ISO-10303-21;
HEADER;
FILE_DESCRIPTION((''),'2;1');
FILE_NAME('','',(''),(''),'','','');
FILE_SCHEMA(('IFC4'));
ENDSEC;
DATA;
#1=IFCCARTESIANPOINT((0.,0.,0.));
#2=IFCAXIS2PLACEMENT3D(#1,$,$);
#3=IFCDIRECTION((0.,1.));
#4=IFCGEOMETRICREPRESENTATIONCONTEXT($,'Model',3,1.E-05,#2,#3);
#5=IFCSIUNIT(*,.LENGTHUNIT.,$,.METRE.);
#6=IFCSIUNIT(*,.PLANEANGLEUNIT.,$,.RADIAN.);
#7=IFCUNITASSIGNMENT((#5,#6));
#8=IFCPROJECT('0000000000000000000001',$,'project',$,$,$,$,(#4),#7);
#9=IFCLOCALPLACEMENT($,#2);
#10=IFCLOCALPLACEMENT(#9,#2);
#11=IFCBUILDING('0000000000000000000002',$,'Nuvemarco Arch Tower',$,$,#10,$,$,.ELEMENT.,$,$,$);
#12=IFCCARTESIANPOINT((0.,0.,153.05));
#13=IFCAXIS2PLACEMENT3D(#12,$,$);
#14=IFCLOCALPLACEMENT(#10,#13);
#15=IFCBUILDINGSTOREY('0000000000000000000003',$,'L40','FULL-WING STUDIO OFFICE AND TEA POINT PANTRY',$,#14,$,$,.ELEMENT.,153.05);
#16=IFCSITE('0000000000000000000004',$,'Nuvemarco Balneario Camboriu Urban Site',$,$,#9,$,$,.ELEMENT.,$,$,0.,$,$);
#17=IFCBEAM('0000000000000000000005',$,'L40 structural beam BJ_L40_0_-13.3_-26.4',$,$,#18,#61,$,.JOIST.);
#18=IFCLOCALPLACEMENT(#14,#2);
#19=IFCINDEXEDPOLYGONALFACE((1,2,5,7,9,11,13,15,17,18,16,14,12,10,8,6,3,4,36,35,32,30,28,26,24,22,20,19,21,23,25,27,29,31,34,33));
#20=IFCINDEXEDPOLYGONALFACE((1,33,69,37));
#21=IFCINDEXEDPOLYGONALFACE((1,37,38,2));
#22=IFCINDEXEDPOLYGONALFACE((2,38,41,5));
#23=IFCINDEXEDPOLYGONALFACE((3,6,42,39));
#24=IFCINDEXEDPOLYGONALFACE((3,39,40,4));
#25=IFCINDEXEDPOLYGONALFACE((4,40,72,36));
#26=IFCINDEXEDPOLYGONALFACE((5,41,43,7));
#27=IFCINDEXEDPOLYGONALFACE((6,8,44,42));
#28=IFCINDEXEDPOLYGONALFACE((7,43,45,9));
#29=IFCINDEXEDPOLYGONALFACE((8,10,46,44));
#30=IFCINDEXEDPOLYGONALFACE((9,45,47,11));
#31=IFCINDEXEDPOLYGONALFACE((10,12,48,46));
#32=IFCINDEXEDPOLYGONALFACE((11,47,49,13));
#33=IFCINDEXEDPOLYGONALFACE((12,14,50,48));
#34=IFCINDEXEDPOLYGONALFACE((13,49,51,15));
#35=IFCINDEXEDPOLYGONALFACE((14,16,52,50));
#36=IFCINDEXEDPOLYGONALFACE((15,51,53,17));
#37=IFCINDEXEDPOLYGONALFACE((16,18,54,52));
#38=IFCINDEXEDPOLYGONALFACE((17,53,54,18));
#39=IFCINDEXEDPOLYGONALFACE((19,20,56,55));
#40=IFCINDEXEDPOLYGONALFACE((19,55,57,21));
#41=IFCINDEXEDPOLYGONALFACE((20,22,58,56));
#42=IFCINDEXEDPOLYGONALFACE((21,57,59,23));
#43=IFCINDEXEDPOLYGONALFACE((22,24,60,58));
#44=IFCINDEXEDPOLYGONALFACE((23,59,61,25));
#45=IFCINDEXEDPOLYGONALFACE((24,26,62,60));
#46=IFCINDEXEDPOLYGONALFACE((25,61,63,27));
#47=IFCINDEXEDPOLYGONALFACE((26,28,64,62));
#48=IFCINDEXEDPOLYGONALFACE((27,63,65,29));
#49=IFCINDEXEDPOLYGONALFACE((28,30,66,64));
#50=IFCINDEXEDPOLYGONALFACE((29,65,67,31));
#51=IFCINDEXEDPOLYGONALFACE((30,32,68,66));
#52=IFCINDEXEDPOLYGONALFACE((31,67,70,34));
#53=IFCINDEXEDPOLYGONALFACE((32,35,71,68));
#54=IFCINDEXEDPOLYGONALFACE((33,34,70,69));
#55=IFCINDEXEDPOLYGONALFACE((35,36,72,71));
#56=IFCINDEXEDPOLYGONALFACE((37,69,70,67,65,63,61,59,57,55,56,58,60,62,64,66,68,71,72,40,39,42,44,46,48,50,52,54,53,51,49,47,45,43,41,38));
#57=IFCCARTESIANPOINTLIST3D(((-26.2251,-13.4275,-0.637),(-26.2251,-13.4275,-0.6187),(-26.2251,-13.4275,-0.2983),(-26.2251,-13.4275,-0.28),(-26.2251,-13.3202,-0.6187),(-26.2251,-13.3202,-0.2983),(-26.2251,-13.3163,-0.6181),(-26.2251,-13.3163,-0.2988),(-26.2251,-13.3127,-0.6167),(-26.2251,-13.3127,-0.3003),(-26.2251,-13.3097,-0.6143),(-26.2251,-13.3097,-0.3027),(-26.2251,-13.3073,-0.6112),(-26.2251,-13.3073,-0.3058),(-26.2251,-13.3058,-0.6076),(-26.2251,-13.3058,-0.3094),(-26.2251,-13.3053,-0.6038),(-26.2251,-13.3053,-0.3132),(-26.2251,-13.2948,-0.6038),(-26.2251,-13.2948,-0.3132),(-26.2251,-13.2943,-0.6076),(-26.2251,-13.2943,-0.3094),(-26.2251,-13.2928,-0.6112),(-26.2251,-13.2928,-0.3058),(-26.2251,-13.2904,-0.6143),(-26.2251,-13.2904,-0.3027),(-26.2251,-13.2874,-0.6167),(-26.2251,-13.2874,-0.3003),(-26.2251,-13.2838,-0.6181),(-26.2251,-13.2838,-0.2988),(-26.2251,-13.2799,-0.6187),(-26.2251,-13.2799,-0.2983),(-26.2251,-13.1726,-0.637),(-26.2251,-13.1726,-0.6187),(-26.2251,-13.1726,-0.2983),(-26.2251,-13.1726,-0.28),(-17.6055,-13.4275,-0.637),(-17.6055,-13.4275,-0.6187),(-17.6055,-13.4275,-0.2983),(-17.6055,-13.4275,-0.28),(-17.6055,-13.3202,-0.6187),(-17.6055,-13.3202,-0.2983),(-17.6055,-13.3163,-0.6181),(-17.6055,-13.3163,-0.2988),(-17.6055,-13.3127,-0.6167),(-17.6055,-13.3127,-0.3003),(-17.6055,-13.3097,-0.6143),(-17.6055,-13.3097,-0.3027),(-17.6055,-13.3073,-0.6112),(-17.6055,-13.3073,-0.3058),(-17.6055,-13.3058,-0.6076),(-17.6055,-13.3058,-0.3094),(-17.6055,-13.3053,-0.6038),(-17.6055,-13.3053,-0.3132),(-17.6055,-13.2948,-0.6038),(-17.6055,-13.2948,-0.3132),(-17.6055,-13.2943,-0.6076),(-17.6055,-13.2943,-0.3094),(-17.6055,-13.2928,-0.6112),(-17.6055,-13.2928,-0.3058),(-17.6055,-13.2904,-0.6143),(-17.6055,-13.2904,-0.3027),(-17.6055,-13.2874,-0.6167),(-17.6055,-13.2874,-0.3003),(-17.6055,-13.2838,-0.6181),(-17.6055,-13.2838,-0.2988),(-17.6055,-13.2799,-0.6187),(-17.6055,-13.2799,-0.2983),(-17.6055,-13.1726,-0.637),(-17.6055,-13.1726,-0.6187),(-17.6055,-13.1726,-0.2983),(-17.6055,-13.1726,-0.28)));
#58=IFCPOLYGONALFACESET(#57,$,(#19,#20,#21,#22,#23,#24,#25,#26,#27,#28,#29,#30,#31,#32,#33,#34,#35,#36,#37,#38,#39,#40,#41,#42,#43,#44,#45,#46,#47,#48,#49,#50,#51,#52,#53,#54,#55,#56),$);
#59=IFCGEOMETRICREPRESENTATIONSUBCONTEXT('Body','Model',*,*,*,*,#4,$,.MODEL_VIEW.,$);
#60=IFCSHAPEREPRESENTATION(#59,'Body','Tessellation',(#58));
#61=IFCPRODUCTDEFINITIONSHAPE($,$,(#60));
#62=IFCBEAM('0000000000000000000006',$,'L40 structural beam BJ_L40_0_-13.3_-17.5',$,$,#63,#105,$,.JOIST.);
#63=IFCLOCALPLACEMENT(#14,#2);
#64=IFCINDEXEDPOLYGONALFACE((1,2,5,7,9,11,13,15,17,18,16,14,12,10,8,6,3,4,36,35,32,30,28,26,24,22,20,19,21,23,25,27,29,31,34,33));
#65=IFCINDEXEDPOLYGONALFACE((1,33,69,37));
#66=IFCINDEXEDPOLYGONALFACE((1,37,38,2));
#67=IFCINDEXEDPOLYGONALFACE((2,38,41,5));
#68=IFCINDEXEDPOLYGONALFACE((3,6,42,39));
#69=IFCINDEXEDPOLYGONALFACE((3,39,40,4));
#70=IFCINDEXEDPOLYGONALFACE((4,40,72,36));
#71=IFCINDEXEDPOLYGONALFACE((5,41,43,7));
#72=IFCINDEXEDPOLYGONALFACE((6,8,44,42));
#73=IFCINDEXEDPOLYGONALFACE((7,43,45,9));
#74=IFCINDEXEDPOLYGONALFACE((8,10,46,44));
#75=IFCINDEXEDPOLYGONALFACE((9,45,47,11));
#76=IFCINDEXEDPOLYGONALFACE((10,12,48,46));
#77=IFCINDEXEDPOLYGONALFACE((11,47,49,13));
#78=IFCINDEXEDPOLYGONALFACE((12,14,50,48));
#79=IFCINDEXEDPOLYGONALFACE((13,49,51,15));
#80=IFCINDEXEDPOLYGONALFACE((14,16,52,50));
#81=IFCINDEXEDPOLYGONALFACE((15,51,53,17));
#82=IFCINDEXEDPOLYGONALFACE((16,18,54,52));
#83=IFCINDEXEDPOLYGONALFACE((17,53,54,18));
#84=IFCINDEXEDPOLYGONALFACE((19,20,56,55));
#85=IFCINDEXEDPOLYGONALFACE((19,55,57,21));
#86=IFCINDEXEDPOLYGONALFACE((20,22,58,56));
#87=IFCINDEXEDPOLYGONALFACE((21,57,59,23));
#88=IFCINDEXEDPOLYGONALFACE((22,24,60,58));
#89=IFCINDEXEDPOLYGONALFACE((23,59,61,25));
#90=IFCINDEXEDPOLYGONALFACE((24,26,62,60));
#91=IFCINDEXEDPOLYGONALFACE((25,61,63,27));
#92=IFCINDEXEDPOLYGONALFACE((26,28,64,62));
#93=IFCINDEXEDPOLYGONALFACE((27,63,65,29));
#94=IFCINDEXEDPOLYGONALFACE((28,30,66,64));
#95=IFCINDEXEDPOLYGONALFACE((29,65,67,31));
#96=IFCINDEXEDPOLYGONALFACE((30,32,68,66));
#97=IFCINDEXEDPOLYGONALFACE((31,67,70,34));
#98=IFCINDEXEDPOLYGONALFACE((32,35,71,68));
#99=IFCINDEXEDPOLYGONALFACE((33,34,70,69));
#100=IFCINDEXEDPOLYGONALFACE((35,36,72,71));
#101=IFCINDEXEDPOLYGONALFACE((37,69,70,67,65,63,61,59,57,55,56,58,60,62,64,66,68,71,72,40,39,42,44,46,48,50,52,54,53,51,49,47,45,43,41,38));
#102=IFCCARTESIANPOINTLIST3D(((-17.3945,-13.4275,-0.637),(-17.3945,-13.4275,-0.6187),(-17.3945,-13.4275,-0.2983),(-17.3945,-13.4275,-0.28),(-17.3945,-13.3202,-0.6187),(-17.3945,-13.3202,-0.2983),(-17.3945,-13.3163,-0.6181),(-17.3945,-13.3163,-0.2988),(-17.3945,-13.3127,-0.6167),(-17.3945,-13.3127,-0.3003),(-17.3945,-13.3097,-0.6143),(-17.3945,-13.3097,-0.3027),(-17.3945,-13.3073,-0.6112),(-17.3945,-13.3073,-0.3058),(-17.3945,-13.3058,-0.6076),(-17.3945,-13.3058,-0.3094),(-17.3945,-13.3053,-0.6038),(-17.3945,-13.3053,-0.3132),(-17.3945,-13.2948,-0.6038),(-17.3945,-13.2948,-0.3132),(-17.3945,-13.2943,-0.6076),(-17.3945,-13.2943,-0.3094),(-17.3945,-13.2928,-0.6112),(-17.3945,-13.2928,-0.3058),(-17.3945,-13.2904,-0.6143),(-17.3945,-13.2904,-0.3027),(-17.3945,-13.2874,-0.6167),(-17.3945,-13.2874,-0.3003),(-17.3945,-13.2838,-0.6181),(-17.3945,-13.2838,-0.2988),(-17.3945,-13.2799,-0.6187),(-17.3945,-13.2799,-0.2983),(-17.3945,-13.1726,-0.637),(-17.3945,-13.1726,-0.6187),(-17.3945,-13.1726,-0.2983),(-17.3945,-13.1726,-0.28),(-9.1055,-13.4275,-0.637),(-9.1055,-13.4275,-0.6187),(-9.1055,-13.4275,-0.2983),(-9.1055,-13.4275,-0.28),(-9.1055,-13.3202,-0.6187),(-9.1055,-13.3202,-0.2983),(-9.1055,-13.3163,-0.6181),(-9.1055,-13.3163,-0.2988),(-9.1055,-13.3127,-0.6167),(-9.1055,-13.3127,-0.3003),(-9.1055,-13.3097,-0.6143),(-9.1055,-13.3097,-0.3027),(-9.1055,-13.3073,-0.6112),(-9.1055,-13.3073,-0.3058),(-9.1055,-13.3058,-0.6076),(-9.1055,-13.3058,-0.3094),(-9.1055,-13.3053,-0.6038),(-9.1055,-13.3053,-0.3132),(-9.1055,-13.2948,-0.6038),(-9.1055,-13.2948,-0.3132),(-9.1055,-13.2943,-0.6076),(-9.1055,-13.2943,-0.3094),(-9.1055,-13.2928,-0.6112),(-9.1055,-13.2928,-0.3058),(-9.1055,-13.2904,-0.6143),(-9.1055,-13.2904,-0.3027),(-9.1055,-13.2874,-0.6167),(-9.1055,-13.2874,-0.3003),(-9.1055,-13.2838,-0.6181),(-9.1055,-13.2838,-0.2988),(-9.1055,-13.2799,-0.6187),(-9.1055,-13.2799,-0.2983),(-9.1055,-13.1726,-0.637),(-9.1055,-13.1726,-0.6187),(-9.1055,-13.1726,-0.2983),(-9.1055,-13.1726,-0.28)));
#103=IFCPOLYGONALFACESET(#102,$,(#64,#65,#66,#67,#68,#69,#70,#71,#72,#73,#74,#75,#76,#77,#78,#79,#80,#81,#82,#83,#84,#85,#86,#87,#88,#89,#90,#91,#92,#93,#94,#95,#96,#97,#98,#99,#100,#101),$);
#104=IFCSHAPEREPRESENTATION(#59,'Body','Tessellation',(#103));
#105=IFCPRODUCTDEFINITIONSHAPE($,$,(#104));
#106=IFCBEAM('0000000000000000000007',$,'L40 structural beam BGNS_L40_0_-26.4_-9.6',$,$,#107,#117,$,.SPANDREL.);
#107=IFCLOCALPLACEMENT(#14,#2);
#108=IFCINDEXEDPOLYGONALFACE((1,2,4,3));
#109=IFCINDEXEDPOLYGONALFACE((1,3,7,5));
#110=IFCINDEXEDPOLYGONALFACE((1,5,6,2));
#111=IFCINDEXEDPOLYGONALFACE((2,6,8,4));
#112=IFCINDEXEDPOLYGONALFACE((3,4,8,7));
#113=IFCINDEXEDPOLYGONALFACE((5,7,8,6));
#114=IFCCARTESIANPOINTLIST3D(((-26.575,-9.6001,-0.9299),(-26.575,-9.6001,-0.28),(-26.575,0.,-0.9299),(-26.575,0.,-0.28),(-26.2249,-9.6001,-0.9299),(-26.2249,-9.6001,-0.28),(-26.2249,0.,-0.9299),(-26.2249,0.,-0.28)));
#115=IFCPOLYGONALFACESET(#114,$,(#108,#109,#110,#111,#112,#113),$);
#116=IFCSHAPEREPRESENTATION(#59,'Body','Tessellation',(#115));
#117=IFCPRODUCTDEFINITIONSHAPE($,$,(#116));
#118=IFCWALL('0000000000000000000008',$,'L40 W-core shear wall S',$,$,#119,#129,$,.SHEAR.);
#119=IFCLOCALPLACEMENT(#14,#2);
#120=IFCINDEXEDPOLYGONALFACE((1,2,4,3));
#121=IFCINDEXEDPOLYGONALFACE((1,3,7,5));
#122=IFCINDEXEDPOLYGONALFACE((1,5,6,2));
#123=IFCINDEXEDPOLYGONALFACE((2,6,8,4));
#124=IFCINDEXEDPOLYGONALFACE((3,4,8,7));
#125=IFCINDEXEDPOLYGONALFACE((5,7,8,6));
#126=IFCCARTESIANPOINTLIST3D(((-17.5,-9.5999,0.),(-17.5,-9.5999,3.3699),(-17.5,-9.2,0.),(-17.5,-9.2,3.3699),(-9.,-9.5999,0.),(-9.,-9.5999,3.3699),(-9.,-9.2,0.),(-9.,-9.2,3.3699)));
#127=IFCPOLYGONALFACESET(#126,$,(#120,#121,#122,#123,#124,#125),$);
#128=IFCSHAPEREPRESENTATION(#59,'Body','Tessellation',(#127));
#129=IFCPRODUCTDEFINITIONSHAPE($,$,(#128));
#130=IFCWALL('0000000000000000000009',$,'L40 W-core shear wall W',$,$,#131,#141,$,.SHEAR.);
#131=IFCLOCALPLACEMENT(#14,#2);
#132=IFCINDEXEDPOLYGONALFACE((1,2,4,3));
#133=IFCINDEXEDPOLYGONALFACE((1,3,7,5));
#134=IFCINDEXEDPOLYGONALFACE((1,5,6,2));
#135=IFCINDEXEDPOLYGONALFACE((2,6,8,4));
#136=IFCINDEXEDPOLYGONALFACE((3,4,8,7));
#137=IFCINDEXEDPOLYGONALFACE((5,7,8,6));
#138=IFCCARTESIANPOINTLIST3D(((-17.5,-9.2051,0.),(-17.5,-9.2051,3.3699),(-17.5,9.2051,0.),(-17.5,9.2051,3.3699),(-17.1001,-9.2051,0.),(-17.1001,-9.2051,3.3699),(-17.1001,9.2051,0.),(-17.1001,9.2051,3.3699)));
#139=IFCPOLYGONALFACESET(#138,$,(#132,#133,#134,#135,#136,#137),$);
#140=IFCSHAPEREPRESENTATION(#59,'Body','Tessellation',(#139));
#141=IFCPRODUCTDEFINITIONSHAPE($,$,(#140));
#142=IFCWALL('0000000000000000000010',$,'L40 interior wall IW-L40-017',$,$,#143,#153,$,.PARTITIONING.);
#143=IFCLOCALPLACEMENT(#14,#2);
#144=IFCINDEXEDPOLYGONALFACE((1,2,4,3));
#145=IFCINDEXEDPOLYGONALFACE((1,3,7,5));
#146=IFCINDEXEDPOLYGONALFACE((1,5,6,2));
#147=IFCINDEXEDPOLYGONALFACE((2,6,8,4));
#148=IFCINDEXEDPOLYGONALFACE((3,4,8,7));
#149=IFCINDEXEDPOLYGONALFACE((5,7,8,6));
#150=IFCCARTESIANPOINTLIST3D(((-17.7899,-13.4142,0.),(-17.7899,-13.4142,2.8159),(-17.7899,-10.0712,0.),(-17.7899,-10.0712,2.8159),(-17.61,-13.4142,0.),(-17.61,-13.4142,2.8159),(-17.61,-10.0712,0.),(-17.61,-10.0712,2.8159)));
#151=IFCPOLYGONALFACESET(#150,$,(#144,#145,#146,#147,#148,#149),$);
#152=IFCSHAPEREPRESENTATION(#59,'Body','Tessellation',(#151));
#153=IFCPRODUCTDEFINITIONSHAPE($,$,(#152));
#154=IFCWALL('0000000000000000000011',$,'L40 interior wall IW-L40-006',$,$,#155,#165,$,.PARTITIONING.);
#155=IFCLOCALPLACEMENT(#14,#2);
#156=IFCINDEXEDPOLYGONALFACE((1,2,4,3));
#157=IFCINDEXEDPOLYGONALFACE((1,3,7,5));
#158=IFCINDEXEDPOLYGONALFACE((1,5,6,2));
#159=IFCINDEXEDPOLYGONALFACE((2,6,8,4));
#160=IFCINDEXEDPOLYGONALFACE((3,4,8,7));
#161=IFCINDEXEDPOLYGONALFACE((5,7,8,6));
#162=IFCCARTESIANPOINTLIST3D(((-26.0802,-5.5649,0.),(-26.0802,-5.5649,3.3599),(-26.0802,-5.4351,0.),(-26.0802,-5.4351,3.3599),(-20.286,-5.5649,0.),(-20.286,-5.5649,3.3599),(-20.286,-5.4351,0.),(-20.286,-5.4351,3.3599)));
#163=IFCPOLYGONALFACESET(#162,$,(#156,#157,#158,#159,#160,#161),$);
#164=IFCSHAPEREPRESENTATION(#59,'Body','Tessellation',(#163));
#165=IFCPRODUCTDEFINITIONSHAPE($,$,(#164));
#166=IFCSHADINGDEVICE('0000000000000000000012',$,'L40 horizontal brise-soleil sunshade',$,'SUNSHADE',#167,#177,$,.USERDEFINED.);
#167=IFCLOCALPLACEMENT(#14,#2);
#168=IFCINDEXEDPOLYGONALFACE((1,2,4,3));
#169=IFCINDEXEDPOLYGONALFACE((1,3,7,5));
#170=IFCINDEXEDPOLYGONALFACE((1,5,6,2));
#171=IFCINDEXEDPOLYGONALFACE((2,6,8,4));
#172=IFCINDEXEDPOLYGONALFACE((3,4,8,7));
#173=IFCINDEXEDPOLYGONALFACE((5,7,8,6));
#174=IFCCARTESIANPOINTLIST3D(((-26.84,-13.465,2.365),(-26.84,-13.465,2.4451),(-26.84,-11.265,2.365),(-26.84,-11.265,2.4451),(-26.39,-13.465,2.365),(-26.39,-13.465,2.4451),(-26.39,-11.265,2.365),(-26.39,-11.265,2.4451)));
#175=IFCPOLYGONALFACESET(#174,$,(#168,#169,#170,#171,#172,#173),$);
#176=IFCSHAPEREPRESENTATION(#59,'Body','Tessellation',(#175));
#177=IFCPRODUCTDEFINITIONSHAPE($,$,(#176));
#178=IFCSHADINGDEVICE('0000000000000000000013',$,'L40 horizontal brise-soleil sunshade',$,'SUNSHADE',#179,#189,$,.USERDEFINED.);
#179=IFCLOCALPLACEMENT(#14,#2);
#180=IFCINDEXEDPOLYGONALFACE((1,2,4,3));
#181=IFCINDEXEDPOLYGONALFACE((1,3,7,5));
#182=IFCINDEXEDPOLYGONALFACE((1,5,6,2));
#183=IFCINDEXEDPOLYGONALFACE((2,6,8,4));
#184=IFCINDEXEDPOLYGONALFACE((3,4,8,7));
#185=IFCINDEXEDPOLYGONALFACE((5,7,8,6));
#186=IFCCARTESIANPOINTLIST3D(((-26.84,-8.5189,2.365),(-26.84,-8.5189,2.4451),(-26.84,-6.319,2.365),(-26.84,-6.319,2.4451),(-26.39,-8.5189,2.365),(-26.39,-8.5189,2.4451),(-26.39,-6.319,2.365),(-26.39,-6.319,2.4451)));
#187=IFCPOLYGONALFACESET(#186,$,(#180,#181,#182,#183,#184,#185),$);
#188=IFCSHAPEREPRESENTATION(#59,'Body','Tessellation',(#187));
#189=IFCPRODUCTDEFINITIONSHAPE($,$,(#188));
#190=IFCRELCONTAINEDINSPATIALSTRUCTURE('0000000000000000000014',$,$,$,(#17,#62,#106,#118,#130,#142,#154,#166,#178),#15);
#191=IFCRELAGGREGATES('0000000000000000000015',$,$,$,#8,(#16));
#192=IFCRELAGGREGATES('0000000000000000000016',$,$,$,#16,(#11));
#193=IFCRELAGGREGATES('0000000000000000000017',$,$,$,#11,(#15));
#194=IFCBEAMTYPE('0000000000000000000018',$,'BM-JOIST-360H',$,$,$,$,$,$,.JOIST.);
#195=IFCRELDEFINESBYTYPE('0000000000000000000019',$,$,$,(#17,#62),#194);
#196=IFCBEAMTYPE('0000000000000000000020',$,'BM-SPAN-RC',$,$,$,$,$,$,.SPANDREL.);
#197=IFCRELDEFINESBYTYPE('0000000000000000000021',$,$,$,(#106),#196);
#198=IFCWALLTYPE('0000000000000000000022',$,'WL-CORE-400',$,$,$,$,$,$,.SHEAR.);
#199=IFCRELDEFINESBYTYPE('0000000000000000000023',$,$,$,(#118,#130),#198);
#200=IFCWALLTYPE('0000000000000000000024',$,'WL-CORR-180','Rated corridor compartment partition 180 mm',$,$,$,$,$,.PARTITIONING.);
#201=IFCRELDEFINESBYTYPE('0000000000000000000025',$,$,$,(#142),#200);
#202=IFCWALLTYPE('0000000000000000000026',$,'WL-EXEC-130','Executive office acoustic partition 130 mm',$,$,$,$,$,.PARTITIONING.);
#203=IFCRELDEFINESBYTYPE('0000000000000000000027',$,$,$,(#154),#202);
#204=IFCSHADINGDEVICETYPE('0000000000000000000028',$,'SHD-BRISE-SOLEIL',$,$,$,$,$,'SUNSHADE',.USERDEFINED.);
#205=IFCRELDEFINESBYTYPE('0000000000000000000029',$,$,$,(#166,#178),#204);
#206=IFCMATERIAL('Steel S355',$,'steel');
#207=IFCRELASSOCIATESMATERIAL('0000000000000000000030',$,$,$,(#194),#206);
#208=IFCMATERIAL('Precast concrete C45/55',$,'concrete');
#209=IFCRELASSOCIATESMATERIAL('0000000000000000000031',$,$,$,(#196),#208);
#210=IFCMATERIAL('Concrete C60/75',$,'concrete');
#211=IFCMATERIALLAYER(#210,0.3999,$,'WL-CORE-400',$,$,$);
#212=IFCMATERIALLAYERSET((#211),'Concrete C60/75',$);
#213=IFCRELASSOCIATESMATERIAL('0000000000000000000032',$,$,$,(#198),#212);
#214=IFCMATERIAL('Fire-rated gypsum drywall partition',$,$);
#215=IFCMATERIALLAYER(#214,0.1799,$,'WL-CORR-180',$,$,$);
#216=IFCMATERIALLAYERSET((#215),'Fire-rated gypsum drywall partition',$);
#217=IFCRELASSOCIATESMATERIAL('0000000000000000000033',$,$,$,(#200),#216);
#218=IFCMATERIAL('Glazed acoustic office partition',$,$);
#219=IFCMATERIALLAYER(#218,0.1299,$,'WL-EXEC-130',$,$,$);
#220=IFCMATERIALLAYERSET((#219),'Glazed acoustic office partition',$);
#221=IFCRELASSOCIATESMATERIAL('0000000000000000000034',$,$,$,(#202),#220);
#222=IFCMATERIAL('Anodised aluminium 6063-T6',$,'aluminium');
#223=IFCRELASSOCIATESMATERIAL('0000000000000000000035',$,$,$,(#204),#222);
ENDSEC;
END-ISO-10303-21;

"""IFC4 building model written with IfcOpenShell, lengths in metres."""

from ifc_helpers import new_model, si_unit, direction, frame, frame_2d, origin, origin_2d, place, context, subcontext, project, spatial, rectangle, i_section, extrude, source, transform, mapped, material, layer, layer_set, material_profile, profile_set, type_object, type_shapes, element, save


model = new_model("IFC4")

# Units and contexts
model_context = context("Model", 3, precision=1e-05, world=origin(), true_north=direction((0.0, 1.0)))
body_context = subcontext(model_context, "Body", "Model", "MODEL_VIEW")
ifc_project = project(units=[si_unit("LENGTHUNIT", "METRE"), si_unit("PLANEANGLEUNIT", "RADIAN")], contexts=[model_context])

# Site, building, storey
site_placement = place(None, origin())
site = spatial("IfcSite", under=ifc_project, at=site_placement, Name="Nuvemarco Balneario Camboriu Urban Site", CompositionType="ELEMENT", RefElevation=0.0)
building_placement = place(site_placement, origin())
building = spatial("IfcBuilding", under=site, at=building_placement, Name="Nuvemarco Arch Tower", CompositionType="ELEMENT")
storey_placement = place(building_placement, frame((0.0, 0.0, 153.05)))
storey = spatial("IfcBuildingStorey", under=building, at=storey_placement, Name="L40", Description="FULL-WING STUDIO OFFICE AND TEA POINT PANTRY", CompositionType="ELEMENT", Elevation=153.05)

# Shared definitions
ifc_material_1 = material(Name="Steel S355", Category="steel")

# Beams
ifc_material_profile_1 = material_profile(ifc_material_1, i_section(OverallWidth=0.2549, OverallDepth=0.3569, WebThickness=0.0105, FlangeThickness=0.0183, FilletRadius=0.0149, at=origin_2d()), Name="W360x101")
ifc_profile_set_1 = profile_set([ifc_material_profile_1], Name="Steel S355")
beam_type_1 = type_object("IfcBeamType", Name="BM-JOIST-360H", PredefinedType="JOIST", material=ifc_profile_set_1)
beam_1_placement = place(storey_placement, frame((-26.2251, -13.3, -0.4585), z_axis=(1.0, 0.0, 0.0), x_axis=(0.0, 1.0, 0.0)))
element("IfcBeam", 1, at=beam_1_placement, inside=storey, type_object=beam_type_1, Name="L40 structural beam BJ_L40_0_-13.3_-26.4", PredefinedType="JOIST", context=body_context, shape_type="SweptSolid", body=[
    extrude(i_section(OverallWidth=0.2549, OverallDepth=0.3569, WebThickness=0.0105, FlangeThickness=0.0183, FilletRadius=0.0149, at=origin_2d()), origin(), (0.0, 0.0, 1.0), 8.6196),
])
beam_2_placement = place(storey_placement, frame((-17.3945, -13.3, -0.4585), z_axis=(1.0, 0.0, 0.0), x_axis=(0.0, 1.0, 0.0)))
element("IfcBeam", 2, at=beam_2_placement, inside=storey, type_object=beam_type_1, Name="L40 structural beam BJ_L40_0_-13.3_-17.5", PredefinedType="JOIST", context=body_context, shape_type="SweptSolid", body=[
    extrude(i_section(OverallWidth=0.2549, OverallDepth=0.3569, WebThickness=0.0105, FlangeThickness=0.0183, FilletRadius=0.0149, at=origin_2d()), origin(), (0.0, 0.0, 1.0), 8.2891),
])
ifc_material_2 = material(Name="Precast concrete C45/55", Category="concrete")
ifc_material_profile_2 = material_profile(ifc_material_2, rectangle(XDim=0.3501, YDim=0.6499, at=origin_2d()), Name="PC-SP-350x650")
ifc_profile_set_2 = profile_set([ifc_material_profile_2], Name="Precast concrete C45/55")
beam_type_2 = type_object("IfcBeamType", Name="BM-SPAN-RC", PredefinedType="SPANDREL", material=ifc_profile_set_2)
beam_3_placement = place(storey_placement, frame((-26.3999, -9.6001, -0.605), z_axis=(0.0, 1.0, 0.0), x_axis=(-1.0, 0.0, 0.0)))
element("IfcBeam", 3, at=beam_3_placement, inside=storey, type_object=beam_type_2, Name="L40 structural beam BGNS_L40_0_-26.4_-9.6", PredefinedType="SPANDREL", context=body_context, shape_type="SweptSolid", body=[
    extrude(rectangle(XDim=0.3501, YDim=0.6499, at=origin_2d()), origin(), (0.0, 0.0, 1.0), 9.6001),
])

# Walls
ifc_material_3 = material(Name="Concrete C60/75", Category="concrete")
ifc_layer_1 = layer(ifc_material_3, 0.3999, Name="WL-CORE-400")
ifc_layer_set_1 = layer_set([ifc_layer_1], Name="Concrete C60/75")
wall_type_1 = type_object("IfcWallType", Name="WL-CORE-400", PredefinedType="SHEAR", material=ifc_layer_set_1)
wall_1_placement = place(storey_placement, frame((-17.5, -9.3999, 0.0), z_axis=(0.0, 0.0, 1.0), x_axis=(1.0, 0.0, 0.0)))
element("IfcWall", 4, at=wall_1_placement, inside=storey, type_object=wall_type_1, Name="L40 W-core shear wall S", PredefinedType="SHEAR", context=body_context, shape_type="SweptSolid", body=[
    extrude(rectangle(XDim=8.5, YDim=0.3999, at=frame_2d((4.25, 0.0))), origin(), (0.0, 0.0, 1.0), 3.3699),
])
wall_2_placement = place(storey_placement, frame((-17.3, -9.2051, 0.0), z_axis=(0.0, 0.0, 1.0), x_axis=(0.0, 1.0, 0.0)))
element("IfcWall", 5, at=wall_2_placement, inside=storey, type_object=wall_type_1, Name="L40 W-core shear wall W", PredefinedType="SHEAR", context=body_context, shape_type="SweptSolid", body=[
    extrude(rectangle(XDim=18.4102, YDim=0.3999, at=frame_2d((9.2051, 0.0))), origin(), (0.0, 0.0, 1.0), 3.3699),
])
ifc_material_4 = material(Name="Fire-rated gypsum drywall partition")
ifc_layer_2 = layer(ifc_material_4, 0.1799, Name="WL-CORR-180")
ifc_layer_set_2 = layer_set([ifc_layer_2], Name="Fire-rated gypsum drywall partition")
wall_type_2 = type_object("IfcWallType", Name="WL-CORR-180", Description="Rated corridor compartment partition 180 mm", PredefinedType="PARTITIONING", material=ifc_layer_set_2)
wall_3_placement = place(storey_placement, frame((-17.7, -13.4141, 0.0), z_axis=(0.0, 0.0, 1.0), x_axis=(0.0, 1.0, 0.0)))
element("IfcWall", 6, at=wall_3_placement, inside=storey, type_object=wall_type_2, Name="L40 interior wall IW-L40-017", PredefinedType="PARTITIONING", context=body_context, shape_type="SweptSolid", body=[
    extrude(rectangle(XDim=3.343, YDim=0.1799, at=frame_2d((1.6714, 0.0))), origin(), (0.0, 0.0, 1.0), 2.8159),
])
ifc_material_5 = material(Name="Glazed acoustic office partition")
ifc_layer_3 = layer(ifc_material_5, 0.1299, Name="WL-EXEC-130")
ifc_layer_set_3 = layer_set([ifc_layer_3], Name="Glazed acoustic office partition")
wall_type_3 = type_object("IfcWallType", Name="WL-EXEC-130", Description="Executive office acoustic partition 130 mm", PredefinedType="PARTITIONING", material=ifc_layer_set_3)
wall_4_placement = place(storey_placement, frame((-26.0801, -5.5, 0.0), z_axis=(0.0, 0.0, 1.0), x_axis=(1.0, 0.0, 0.0)))
element("IfcWall", 7, at=wall_4_placement, inside=storey, type_object=wall_type_3, Name="L40 interior wall IW-L40-006", PredefinedType="PARTITIONING", context=body_context, shape_type="SweptSolid", body=[
    extrude(rectangle(XDim=5.7942, YDim=0.1299, at=frame_2d((2.897, 0.0))), origin(), (0.0, 0.0, 1.0), 3.3599),
])

# Shading devices
ifc_material_6 = material(Name="Anodised aluminium 6063-T6", Category="aluminium")
shading_device_type = type_object("IfcShadingDeviceType", Name="SHD-BRISE-SOLEIL", ElementType="SUNSHADE", PredefinedType="USERDEFINED", material=ifc_material_6)
shared_shape = source(origin(), body_context, "Body", "SweptSolid", [
    extrude(rectangle(XDim=2.2, YDim=0.45, at=origin_2d()), origin(), (0.0, 0.0, 1.0), 0.0801),
])
type_shapes(shading_device_type, [shared_shape])
for number, where, z_axis, x_axis, name in (
    (8, (-26.615, -12.365, 2.365), (0.0, 0.0, 1.0), (0.0, 1.0, 0.0), "L40 horizontal brise-soleil sunshade"),
    (9, (-26.615, -7.4189, 2.365), (0.0, 0.0, 1.0), (0.0, 1.0, 0.0), "L40 horizontal brise-soleil sunshade"),
):
    element("IfcShadingDevice", number, at=place(storey_placement, frame(where, z_axis=z_axis, x_axis=x_axis)), inside=storey, type_object=shading_device_type, Name=name, ObjectType="SUNSHADE", PredefinedType="USERDEFINED", context=body_context, shape_type="MappedRepresentation", body=[
        mapped(shared_shape, transform((0.0, 0.0, 0.0), scale=1.0)),
    ])

save(model, "model.ifc")
